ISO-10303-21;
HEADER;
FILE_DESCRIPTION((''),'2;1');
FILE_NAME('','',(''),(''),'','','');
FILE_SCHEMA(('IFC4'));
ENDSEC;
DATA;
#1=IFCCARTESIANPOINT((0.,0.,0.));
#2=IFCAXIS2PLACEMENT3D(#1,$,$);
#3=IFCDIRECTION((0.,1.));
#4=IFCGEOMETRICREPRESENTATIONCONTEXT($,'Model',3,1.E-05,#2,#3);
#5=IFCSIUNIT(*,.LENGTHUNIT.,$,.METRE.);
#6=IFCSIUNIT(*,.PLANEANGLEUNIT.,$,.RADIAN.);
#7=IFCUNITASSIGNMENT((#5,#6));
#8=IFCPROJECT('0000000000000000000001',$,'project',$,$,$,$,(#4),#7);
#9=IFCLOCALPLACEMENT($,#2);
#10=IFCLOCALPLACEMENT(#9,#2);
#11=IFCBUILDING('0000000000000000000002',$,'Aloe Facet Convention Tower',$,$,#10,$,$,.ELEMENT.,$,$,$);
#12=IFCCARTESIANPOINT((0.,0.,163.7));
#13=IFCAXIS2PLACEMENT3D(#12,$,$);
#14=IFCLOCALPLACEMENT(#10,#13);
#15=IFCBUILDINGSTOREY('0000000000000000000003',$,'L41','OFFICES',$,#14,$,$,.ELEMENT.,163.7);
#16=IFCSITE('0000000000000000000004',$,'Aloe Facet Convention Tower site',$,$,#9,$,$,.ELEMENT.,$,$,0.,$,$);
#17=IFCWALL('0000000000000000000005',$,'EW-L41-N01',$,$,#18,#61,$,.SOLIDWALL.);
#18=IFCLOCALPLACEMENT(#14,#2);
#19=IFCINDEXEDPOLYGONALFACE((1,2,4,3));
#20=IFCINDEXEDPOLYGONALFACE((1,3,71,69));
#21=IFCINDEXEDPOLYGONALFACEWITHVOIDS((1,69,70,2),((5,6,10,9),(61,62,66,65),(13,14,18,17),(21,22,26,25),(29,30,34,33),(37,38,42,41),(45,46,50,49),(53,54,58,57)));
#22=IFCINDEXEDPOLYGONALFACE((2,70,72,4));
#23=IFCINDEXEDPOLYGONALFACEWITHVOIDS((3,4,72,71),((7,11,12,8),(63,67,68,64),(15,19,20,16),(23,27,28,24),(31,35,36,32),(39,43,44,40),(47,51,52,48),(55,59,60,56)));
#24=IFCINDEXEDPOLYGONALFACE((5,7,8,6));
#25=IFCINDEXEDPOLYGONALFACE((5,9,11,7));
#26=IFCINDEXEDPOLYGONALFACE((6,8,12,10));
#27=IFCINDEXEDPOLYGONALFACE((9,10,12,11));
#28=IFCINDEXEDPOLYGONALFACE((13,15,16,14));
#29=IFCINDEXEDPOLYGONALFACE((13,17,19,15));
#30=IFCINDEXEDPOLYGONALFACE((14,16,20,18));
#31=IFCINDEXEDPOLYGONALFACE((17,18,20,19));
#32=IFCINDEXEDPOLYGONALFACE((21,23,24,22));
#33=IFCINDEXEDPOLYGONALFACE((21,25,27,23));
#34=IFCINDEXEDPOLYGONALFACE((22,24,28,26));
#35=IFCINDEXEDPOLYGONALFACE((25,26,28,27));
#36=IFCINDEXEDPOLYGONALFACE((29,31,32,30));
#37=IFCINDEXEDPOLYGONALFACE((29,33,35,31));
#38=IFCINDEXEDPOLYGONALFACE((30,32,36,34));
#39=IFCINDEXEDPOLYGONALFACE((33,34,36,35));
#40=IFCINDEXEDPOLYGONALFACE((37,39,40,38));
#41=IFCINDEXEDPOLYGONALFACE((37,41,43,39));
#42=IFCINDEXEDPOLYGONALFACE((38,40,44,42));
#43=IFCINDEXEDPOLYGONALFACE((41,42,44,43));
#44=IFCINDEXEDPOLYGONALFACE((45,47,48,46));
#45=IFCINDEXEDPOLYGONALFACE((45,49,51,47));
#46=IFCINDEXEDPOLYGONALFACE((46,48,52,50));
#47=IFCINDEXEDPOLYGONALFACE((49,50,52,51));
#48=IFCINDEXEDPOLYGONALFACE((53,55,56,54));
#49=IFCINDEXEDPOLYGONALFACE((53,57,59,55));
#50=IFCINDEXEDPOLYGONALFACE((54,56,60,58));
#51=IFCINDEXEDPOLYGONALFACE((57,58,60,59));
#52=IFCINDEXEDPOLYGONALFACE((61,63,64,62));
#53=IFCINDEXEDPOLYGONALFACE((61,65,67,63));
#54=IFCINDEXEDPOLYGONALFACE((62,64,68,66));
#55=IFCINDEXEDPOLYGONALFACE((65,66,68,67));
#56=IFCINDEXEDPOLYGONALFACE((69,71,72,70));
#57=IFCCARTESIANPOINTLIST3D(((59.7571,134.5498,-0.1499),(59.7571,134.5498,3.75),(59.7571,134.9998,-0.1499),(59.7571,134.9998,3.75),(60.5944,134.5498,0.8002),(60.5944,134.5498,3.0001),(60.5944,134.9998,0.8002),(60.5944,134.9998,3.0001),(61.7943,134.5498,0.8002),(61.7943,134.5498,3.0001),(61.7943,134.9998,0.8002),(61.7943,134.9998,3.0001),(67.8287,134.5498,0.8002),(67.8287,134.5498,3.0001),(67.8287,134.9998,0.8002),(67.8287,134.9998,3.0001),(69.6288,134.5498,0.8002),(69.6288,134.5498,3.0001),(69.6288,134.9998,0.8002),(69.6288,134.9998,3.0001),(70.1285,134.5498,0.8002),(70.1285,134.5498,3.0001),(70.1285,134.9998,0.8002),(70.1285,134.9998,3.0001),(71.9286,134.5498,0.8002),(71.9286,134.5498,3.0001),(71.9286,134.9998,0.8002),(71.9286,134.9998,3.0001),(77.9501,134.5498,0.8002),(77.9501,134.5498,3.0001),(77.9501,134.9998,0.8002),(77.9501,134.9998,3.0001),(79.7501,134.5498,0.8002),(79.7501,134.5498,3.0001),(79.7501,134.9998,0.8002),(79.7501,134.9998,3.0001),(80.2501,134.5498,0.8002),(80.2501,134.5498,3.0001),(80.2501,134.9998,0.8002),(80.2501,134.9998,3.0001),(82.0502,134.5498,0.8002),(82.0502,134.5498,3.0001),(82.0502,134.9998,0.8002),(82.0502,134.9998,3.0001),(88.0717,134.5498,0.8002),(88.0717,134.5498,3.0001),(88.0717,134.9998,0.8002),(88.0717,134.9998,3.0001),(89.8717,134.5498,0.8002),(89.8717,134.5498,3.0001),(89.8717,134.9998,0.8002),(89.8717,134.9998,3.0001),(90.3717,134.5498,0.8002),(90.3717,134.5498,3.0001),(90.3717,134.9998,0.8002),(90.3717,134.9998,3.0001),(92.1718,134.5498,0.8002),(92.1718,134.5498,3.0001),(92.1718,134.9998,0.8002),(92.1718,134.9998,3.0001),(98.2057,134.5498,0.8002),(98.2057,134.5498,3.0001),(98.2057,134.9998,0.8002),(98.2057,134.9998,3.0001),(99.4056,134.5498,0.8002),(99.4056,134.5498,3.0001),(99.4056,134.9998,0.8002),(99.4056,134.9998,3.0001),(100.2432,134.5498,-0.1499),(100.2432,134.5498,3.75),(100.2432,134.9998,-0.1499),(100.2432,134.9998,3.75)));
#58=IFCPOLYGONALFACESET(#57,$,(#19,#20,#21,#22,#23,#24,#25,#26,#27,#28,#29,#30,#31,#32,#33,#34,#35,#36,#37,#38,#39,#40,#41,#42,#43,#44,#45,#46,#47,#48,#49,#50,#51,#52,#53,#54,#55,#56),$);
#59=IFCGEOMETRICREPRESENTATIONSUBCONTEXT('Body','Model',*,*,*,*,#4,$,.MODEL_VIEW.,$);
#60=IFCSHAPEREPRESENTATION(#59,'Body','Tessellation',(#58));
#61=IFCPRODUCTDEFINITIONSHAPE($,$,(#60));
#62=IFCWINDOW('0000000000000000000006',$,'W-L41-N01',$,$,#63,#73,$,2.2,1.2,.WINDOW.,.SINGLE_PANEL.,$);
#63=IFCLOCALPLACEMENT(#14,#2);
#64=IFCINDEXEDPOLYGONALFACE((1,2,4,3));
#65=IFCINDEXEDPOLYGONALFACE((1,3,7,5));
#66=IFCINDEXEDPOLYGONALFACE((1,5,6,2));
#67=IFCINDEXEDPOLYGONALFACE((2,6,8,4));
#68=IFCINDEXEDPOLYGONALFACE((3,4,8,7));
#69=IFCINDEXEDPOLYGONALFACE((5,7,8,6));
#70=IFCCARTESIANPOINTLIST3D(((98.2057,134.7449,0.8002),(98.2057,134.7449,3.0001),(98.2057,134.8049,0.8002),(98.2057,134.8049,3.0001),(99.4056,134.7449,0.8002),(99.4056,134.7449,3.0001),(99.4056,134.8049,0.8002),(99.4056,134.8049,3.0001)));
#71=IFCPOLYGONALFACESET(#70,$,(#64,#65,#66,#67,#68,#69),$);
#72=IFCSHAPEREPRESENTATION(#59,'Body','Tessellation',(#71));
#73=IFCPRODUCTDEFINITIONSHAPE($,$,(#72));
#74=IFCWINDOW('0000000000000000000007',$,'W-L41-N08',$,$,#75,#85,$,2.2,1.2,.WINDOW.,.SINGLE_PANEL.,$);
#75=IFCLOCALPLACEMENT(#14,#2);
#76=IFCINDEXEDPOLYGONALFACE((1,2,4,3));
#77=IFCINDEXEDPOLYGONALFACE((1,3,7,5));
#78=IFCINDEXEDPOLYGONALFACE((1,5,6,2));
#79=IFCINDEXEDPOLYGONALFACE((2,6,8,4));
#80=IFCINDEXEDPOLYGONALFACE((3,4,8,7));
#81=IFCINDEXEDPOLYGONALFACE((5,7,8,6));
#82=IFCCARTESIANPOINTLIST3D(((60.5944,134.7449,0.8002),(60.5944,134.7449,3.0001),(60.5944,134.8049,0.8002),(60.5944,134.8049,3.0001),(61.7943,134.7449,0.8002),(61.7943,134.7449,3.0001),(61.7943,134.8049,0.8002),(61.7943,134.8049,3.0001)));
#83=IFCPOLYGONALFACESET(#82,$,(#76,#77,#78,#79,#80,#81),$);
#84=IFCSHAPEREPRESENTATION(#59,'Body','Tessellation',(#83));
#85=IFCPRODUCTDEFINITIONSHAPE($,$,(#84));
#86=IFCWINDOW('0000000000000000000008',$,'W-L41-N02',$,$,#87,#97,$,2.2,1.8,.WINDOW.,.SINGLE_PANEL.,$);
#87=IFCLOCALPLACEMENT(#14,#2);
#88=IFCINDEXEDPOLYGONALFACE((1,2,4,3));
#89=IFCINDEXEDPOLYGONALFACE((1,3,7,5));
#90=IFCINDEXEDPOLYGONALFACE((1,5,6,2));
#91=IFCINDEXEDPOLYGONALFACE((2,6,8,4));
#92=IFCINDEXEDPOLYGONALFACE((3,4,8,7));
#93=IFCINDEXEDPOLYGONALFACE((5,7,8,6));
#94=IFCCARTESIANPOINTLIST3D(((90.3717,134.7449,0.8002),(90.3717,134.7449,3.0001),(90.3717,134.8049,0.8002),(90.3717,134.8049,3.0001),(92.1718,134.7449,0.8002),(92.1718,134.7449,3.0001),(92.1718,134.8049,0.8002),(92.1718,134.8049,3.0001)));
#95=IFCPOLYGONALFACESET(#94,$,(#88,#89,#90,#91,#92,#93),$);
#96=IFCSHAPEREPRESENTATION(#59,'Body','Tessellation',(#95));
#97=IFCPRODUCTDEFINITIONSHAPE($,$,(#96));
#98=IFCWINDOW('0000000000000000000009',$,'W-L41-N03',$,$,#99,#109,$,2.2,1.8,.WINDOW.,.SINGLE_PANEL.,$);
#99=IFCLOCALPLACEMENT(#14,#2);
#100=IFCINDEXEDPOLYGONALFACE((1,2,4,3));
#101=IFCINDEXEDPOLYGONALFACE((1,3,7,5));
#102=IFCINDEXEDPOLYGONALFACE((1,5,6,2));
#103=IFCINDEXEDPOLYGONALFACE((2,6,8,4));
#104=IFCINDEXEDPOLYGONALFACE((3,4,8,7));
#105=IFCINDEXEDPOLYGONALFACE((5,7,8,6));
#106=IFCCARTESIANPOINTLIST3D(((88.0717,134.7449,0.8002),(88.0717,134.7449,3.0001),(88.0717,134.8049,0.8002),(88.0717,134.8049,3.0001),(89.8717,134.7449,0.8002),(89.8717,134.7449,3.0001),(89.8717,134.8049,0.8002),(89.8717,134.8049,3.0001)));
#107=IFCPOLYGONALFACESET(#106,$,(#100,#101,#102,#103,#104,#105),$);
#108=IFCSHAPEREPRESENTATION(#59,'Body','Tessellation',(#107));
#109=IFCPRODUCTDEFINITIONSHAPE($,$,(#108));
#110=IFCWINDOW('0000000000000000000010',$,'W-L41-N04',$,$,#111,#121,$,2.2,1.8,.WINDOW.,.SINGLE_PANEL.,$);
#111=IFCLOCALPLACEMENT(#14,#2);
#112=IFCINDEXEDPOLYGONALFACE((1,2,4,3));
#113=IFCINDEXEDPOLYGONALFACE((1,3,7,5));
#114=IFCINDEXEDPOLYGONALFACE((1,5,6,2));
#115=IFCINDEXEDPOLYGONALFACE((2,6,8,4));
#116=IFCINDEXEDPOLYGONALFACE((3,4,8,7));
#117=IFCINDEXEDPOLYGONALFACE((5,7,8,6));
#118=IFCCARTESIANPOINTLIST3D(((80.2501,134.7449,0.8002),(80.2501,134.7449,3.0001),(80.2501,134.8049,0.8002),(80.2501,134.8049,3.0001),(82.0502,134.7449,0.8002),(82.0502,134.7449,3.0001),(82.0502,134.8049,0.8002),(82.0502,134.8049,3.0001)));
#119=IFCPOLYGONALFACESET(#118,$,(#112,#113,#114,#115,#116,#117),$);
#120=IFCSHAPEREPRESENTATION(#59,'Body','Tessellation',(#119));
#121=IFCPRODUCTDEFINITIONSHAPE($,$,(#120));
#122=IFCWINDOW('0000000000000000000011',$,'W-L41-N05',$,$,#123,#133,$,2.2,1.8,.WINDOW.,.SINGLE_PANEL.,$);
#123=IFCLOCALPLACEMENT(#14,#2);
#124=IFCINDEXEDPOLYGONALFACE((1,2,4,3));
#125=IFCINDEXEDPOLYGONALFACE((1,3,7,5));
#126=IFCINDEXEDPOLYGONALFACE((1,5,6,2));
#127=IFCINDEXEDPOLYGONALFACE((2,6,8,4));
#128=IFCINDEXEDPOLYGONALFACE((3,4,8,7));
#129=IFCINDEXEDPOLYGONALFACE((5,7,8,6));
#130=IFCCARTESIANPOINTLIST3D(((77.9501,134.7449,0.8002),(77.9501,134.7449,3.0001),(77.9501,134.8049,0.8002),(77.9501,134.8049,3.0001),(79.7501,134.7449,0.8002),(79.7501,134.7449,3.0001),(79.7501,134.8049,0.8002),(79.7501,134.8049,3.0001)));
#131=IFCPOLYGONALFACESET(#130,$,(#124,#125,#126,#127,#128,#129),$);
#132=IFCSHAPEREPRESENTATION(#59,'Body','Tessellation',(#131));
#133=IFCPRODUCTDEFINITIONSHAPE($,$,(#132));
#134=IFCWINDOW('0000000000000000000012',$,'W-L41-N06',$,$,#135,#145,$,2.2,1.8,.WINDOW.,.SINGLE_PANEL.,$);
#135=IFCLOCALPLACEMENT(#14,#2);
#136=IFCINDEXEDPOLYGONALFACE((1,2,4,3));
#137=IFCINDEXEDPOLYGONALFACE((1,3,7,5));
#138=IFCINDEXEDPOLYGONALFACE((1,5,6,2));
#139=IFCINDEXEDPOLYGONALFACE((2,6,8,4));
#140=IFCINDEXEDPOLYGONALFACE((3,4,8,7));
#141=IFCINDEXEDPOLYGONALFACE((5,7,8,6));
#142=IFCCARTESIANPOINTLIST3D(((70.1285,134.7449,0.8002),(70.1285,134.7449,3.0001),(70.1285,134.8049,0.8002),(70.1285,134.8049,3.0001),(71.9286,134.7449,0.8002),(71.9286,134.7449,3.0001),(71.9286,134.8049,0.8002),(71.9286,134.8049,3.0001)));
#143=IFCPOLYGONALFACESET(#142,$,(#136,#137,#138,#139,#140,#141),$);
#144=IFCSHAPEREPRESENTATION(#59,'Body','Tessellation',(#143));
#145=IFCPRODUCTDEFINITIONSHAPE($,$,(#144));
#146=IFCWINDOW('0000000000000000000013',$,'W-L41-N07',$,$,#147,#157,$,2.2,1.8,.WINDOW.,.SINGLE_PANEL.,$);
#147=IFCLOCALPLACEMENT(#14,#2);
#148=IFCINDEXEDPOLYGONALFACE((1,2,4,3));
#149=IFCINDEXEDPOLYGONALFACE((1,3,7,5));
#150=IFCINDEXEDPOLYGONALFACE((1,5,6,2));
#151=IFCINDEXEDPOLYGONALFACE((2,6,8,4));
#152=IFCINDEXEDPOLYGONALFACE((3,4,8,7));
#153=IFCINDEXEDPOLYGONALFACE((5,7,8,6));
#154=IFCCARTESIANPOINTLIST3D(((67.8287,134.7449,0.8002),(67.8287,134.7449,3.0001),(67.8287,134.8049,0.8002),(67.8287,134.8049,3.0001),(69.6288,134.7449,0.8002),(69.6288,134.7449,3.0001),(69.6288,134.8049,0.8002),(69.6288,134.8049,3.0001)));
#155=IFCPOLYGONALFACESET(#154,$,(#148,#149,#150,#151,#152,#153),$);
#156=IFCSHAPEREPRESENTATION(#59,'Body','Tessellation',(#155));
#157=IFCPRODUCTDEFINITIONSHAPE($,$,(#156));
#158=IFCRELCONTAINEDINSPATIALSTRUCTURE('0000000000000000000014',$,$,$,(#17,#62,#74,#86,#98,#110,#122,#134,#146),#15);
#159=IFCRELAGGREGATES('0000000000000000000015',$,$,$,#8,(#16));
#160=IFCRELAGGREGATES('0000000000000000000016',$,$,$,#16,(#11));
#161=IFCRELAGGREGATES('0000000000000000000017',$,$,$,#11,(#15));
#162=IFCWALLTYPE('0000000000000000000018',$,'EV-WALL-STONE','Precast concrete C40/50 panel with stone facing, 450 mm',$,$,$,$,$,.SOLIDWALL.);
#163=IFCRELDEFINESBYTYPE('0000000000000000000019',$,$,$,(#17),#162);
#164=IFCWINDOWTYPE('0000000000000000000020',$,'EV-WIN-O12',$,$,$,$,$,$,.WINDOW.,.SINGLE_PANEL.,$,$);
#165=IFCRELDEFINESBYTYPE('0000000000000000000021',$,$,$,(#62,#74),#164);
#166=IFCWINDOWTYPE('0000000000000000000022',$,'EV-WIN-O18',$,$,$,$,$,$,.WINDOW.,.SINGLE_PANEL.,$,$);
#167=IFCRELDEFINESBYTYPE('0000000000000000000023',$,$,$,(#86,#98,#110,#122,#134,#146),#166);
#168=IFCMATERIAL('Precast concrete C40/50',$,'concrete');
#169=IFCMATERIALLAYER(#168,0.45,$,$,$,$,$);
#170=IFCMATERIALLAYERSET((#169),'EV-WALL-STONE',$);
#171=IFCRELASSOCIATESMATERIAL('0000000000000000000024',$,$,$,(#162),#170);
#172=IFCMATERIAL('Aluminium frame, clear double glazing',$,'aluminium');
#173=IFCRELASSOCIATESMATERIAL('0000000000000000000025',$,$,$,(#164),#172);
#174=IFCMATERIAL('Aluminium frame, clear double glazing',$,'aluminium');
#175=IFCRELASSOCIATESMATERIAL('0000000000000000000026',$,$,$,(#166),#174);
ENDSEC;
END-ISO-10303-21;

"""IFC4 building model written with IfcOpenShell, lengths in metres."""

from ifc_helpers import new_model, si_unit, direction, frame, frame_2d, origin, place, context, subcontext, project, spatial, polyline, rectangle, outline, extrude, material, layer, layer_set, type_object, element, fill, save


model = new_model("IFC4")

# Units and contexts
model_context = context("Model", 3, precision=1e-05, world=origin(), true_north=direction((0.0, 1.0)))
body_context = subcontext(model_context, "Body", "Model", "MODEL_VIEW")
ifc_project = project(units=[si_unit("LENGTHUNIT", "METRE"), si_unit("PLANEANGLEUNIT", "RADIAN")], contexts=[model_context])

# Site, building, storey
site_placement = place(None, origin())
site = spatial("IfcSite", under=ifc_project, at=site_placement, Name="Aloe Facet Convention Tower site", CompositionType="ELEMENT", RefElevation=0.0)
building_placement = place(site_placement, origin())
building = spatial("IfcBuilding", under=site, at=building_placement, Name="Aloe Facet Convention Tower", CompositionType="ELEMENT")
storey_placement = place(building_placement, frame((0.0, 0.0, 163.7)))
storey = spatial("IfcBuildingStorey", under=building, at=storey_placement, Name="L41", Description="OFFICES", CompositionType="ELEMENT", Elevation=163.7)

# Wall, openings, windows
ifc_material_1 = material(Name="Precast concrete C40/50", Category="concrete")
ifc_layer_1 = layer(ifc_material_1, 0.45)
ifc_layer_set_1 = layer_set([ifc_layer_1], Name="EV-WALL-STONE")
wall_type_1 = type_object("IfcWallType", Name="EV-WALL-STONE", Description="Precast concrete C40/50 panel with stone facing, 450 mm", PredefinedType="SOLIDWALL", material=ifc_layer_set_1)
wall_1_placement = place(storey_placement, frame((100.2432, 134.7749, -0.1499), z_axis=(0.0, 0.0, 1.0), x_axis=(-1.0, 0.0, 0.0)))
wall_1 = element("IfcWall", 1, at=wall_1_placement, inside=storey, type_object=wall_type_1, Name="EW-L41-N01", PredefinedType="SOLIDWALL", context=body_context, shape_type="SweptSolid", body=[
    extrude(outline(polyline([(40.4861, 0.0), (40.4861, 3.8999), (0.0, 3.8999), (0.0, 0.0), (40.4861, 0.0)])), frame((0.0, 0.2251, 0.0), z_axis=(0.0, -1.0, 0.0), x_axis=(1.0, 0.0, 0.0)), (0.0, 0.0, 1.0), 0.45),
])
opening_1_placement = place(wall_1_placement, frame((0.8374, 0.0, 0.95)))
opening_1 = element("IfcOpeningElement", 2, at=opening_1_placement, cuts=wall_1, PredefinedType="OPENING", context=body_context, shape_type="SweptSolid", body=[
    extrude(rectangle(XDim=1.2, YDim=2.2, at=frame_2d((0.6001, 1.1001))), frame((0.0, 0.2349, 0.0), z_axis=(0.0, -1.0, 0.0), x_axis=(1.0, 0.0, 0.0)), (0.0, 0.0, 1.0), 0.47),
])
opening_2_placement = place(wall_1_placement, frame((8.0715, 0.0, 0.95)))
opening_2 = element("IfcOpeningElement", 3, at=opening_2_placement, cuts=wall_1, PredefinedType="OPENING", context=body_context, shape_type="SweptSolid", body=[
    extrude(rectangle(XDim=1.8, YDim=2.2, at=frame_2d((0.8999, 1.1001))), frame((0.0, 0.2349, 0.0), z_axis=(0.0, -1.0, 0.0), x_axis=(1.0, 0.0, 0.0)), (0.0, 0.0, 1.0), 0.47),
])
opening_3_placement = place(wall_1_placement, frame((10.3716, 0.0, 0.95)))
opening_3 = element("IfcOpeningElement", 4, at=opening_3_placement, cuts=wall_1, PredefinedType="OPENING", context=body_context, shape_type="SweptSolid", body=[
    extrude(rectangle(XDim=1.8, YDim=2.2, at=frame_2d((0.8999, 1.1001))), frame((0.0, 0.2349, 0.0), z_axis=(0.0, -1.0, 0.0), x_axis=(1.0, 0.0, 0.0)), (0.0, 0.0, 1.0), 0.47),
])
opening_4_placement = place(wall_1_placement, frame((18.1931, 0.0, 0.95)))
opening_4 = element("IfcOpeningElement", 5, at=opening_4_placement, cuts=wall_1, PredefinedType="OPENING", context=body_context, shape_type="SweptSolid", body=[
    extrude(rectangle(XDim=1.8, YDim=2.2, at=frame_2d((0.8999, 1.1001))), frame((0.0, 0.2349, 0.0), z_axis=(0.0, -1.0, 0.0), x_axis=(1.0, 0.0, 0.0)), (0.0, 0.0, 1.0), 0.47),
])
opening_5_placement = place(wall_1_placement, frame((20.4932, 0.0, 0.95)))
opening_5 = element("IfcOpeningElement", 6, at=opening_5_placement, cuts=wall_1, PredefinedType="OPENING", context=body_context, shape_type="SweptSolid", body=[
    extrude(rectangle(XDim=1.8, YDim=2.2, at=frame_2d((0.8999, 1.1001))), frame((0.0, 0.2349, 0.0), z_axis=(0.0, -1.0, 0.0), x_axis=(1.0, 0.0, 0.0)), (0.0, 0.0, 1.0), 0.47),
])
opening_6_placement = place(wall_1_placement, frame((28.3147, 0.0, 0.95)))
opening_6 = element("IfcOpeningElement", 7, at=opening_6_placement, cuts=wall_1, PredefinedType="OPENING", context=body_context, shape_type="SweptSolid", body=[
    extrude(rectangle(XDim=1.8, YDim=2.2, at=frame_2d((0.8999, 1.1001))), frame((0.0, 0.2349, 0.0), z_axis=(0.0, -1.0, 0.0), x_axis=(1.0, 0.0, 0.0)), (0.0, 0.0, 1.0), 0.47),
])
opening_7_placement = place(wall_1_placement, frame((30.6145, 0.0, 0.95)))
opening_7 = element("IfcOpeningElement", 8, at=opening_7_placement, cuts=wall_1, PredefinedType="OPENING", context=body_context, shape_type="SweptSolid", body=[
    extrude(rectangle(XDim=1.8, YDim=2.2, at=frame_2d((0.8999, 1.1001))), frame((0.0, 0.2349, 0.0), z_axis=(0.0, -1.0, 0.0), x_axis=(1.0, 0.0, 0.0)), (0.0, 0.0, 1.0), 0.47),
])
opening_8_placement = place(wall_1_placement, frame((38.4487, 0.0, 0.95)))
opening_8 = element("IfcOpeningElement", 9, at=opening_8_placement, cuts=wall_1, PredefinedType="OPENING", context=body_context, shape_type="SweptSolid", body=[
    extrude(rectangle(XDim=1.2, YDim=2.2, at=frame_2d((0.6001, 1.1001))), frame((0.0, 0.2349, 0.0), z_axis=(0.0, -1.0, 0.0), x_axis=(1.0, 0.0, 0.0)), (0.0, 0.0, 1.0), 0.47),
])
ifc_material_2 = material(Name="Aluminium frame, clear double glazing", Category="aluminium")
window_type_1 = type_object("IfcWindowType", Name="EV-WIN-O12", PartitioningType="SINGLE_PANEL", PredefinedType="WINDOW", material=ifc_material_2)
window_1_placement = place(opening_1_placement, origin())
window_1 = element("IfcWindow", 10, at=window_1_placement, inside=storey, type_object=window_type_1, Name="W-L41-N01", OverallHeight=2.2, OverallWidth=1.2, PartitioningType="SINGLE_PANEL", PredefinedType="WINDOW", context=body_context, shape_type="SweptSolid", body=[
    extrude(rectangle(XDim=1.2, YDim=2.2, at=frame_2d((0.6001, 1.1001))), frame((0.0, 0.03, 0.0), z_axis=(0.0, -1.0, 0.0), x_axis=(1.0, 0.0, 0.0)), (0.0, 0.0, 1.0), 0.0601),
])
fill(opening_1, window_1)
window_2_placement = place(opening_8_placement, origin())
window_2 = element("IfcWindow", 11, at=window_2_placement, inside=storey, type_object=window_type_1, Name="W-L41-N08", OverallHeight=2.2, OverallWidth=1.2, PartitioningType="SINGLE_PANEL", PredefinedType="WINDOW", context=body_context, shape_type="SweptSolid", body=[
    extrude(rectangle(XDim=1.2, YDim=2.2, at=frame_2d((0.6001, 1.1001))), frame((0.0, 0.03, 0.0), z_axis=(0.0, -1.0, 0.0), x_axis=(1.0, 0.0, 0.0)), (0.0, 0.0, 1.0), 0.0601),
])
fill(opening_8, window_2)
ifc_material_3 = material(Name="Aluminium frame, clear double glazing", Category="aluminium")
window_type_2 = type_object("IfcWindowType", Name="EV-WIN-O18", PartitioningType="SINGLE_PANEL", PredefinedType="WINDOW", material=ifc_material_3)
window_3_placement = place(opening_2_placement, origin())
window_3 = element("IfcWindow", 12, at=window_3_placement, inside=storey, type_object=window_type_2, Name="W-L41-N02", OverallHeight=2.2, OverallWidth=1.8, PartitioningType="SINGLE_PANEL", PredefinedType="WINDOW", context=body_context, shape_type="SweptSolid", body=[
    extrude(rectangle(XDim=1.8, YDim=2.2, at=frame_2d((0.8999, 1.1001))), frame((0.0, 0.03, 0.0), z_axis=(0.0, -1.0, 0.0), x_axis=(1.0, 0.0, 0.0)), (0.0, 0.0, 1.0), 0.0601),
])
fill(opening_2, window_3)
window_4_placement = place(opening_3_placement, origin())
window_4 = element("IfcWindow", 13, at=window_4_placement, inside=storey, type_object=window_type_2, Name="W-L41-N03", OverallHeight=2.2, OverallWidth=1.8, PartitioningType="SINGLE_PANEL", PredefinedType="WINDOW", context=body_context, shape_type="SweptSolid", body=[
    extrude(rectangle(XDim=1.8, YDim=2.2, at=frame_2d((0.8999, 1.1001))), frame((0.0, 0.03, 0.0), z_axis=(0.0, -1.0, 0.0), x_axis=(1.0, 0.0, 0.0)), (0.0, 0.0, 1.0), 0.0601),
])
fill(opening_3, window_4)
window_5_placement = place(opening_4_placement, origin())
window_5 = element("IfcWindow", 14, at=window_5_placement, inside=storey, type_object=window_type_2, Name="W-L41-N04", OverallHeight=2.2, OverallWidth=1.8, PartitioningType="SINGLE_PANEL", PredefinedType="WINDOW", context=body_context, shape_type="SweptSolid", body=[
    extrude(rectangle(XDim=1.8, YDim=2.2, at=frame_2d((0.8999, 1.1001))), frame((0.0, 0.03, 0.0), z_axis=(0.0, -1.0, 0.0), x_axis=(1.0, 0.0, 0.0)), (0.0, 0.0, 1.0), 0.0601),
])
fill(opening_4, window_5)
window_6_placement = place(opening_5_placement, origin())
window_6 = element("IfcWindow", 15, at=window_6_placement, inside=storey, type_object=window_type_2, Name="W-L41-N05", OverallHeight=2.2, OverallWidth=1.8, PartitioningType="SINGLE_PANEL", PredefinedType="WINDOW", context=body_context, shape_type="SweptSolid", body=[
    extrude(rectangle(XDim=1.8, YDim=2.2, at=frame_2d((0.8999, 1.1001))), frame((0.0, 0.03, 0.0), z_axis=(0.0, -1.0, 0.0), x_axis=(1.0, 0.0, 0.0)), (0.0, 0.0, 1.0), 0.0601),
])
fill(opening_5, window_6)
window_7_placement = place(opening_6_placement, origin())
window_7 = element("IfcWindow", 16, at=window_7_placement, inside=storey, type_object=window_type_2, Name="W-L41-N06", OverallHeight=2.2, OverallWidth=1.8, PartitioningType="SINGLE_PANEL", PredefinedType="WINDOW", context=body_context, shape_type="SweptSolid", body=[
    extrude(rectangle(XDim=1.8, YDim=2.2, at=frame_2d((0.8999, 1.1001))), frame((0.0, 0.03, 0.0), z_axis=(0.0, -1.0, 0.0), x_axis=(1.0, 0.0, 0.0)), (0.0, 0.0, 1.0), 0.0601),
])
fill(opening_6, window_7)
window_8_placement = place(opening_7_placement, origin())
window_8 = element("IfcWindow", 17, at=window_8_placement, inside=storey, type_object=window_type_2, Name="W-L41-N07", OverallHeight=2.2, OverallWidth=1.8, PartitioningType="SINGLE_PANEL", PredefinedType="WINDOW", context=body_context, shape_type="SweptSolid", body=[
    extrude(rectangle(XDim=1.8, YDim=2.2, at=frame_2d((0.8999, 1.1001))), frame((0.0, 0.03, 0.0), z_axis=(0.0, -1.0, 0.0), x_axis=(1.0, 0.0, 0.0)), (0.0, 0.0, 1.0), 0.0601),
])
fill(opening_7, window_8)

save(model, "model.ifc")
